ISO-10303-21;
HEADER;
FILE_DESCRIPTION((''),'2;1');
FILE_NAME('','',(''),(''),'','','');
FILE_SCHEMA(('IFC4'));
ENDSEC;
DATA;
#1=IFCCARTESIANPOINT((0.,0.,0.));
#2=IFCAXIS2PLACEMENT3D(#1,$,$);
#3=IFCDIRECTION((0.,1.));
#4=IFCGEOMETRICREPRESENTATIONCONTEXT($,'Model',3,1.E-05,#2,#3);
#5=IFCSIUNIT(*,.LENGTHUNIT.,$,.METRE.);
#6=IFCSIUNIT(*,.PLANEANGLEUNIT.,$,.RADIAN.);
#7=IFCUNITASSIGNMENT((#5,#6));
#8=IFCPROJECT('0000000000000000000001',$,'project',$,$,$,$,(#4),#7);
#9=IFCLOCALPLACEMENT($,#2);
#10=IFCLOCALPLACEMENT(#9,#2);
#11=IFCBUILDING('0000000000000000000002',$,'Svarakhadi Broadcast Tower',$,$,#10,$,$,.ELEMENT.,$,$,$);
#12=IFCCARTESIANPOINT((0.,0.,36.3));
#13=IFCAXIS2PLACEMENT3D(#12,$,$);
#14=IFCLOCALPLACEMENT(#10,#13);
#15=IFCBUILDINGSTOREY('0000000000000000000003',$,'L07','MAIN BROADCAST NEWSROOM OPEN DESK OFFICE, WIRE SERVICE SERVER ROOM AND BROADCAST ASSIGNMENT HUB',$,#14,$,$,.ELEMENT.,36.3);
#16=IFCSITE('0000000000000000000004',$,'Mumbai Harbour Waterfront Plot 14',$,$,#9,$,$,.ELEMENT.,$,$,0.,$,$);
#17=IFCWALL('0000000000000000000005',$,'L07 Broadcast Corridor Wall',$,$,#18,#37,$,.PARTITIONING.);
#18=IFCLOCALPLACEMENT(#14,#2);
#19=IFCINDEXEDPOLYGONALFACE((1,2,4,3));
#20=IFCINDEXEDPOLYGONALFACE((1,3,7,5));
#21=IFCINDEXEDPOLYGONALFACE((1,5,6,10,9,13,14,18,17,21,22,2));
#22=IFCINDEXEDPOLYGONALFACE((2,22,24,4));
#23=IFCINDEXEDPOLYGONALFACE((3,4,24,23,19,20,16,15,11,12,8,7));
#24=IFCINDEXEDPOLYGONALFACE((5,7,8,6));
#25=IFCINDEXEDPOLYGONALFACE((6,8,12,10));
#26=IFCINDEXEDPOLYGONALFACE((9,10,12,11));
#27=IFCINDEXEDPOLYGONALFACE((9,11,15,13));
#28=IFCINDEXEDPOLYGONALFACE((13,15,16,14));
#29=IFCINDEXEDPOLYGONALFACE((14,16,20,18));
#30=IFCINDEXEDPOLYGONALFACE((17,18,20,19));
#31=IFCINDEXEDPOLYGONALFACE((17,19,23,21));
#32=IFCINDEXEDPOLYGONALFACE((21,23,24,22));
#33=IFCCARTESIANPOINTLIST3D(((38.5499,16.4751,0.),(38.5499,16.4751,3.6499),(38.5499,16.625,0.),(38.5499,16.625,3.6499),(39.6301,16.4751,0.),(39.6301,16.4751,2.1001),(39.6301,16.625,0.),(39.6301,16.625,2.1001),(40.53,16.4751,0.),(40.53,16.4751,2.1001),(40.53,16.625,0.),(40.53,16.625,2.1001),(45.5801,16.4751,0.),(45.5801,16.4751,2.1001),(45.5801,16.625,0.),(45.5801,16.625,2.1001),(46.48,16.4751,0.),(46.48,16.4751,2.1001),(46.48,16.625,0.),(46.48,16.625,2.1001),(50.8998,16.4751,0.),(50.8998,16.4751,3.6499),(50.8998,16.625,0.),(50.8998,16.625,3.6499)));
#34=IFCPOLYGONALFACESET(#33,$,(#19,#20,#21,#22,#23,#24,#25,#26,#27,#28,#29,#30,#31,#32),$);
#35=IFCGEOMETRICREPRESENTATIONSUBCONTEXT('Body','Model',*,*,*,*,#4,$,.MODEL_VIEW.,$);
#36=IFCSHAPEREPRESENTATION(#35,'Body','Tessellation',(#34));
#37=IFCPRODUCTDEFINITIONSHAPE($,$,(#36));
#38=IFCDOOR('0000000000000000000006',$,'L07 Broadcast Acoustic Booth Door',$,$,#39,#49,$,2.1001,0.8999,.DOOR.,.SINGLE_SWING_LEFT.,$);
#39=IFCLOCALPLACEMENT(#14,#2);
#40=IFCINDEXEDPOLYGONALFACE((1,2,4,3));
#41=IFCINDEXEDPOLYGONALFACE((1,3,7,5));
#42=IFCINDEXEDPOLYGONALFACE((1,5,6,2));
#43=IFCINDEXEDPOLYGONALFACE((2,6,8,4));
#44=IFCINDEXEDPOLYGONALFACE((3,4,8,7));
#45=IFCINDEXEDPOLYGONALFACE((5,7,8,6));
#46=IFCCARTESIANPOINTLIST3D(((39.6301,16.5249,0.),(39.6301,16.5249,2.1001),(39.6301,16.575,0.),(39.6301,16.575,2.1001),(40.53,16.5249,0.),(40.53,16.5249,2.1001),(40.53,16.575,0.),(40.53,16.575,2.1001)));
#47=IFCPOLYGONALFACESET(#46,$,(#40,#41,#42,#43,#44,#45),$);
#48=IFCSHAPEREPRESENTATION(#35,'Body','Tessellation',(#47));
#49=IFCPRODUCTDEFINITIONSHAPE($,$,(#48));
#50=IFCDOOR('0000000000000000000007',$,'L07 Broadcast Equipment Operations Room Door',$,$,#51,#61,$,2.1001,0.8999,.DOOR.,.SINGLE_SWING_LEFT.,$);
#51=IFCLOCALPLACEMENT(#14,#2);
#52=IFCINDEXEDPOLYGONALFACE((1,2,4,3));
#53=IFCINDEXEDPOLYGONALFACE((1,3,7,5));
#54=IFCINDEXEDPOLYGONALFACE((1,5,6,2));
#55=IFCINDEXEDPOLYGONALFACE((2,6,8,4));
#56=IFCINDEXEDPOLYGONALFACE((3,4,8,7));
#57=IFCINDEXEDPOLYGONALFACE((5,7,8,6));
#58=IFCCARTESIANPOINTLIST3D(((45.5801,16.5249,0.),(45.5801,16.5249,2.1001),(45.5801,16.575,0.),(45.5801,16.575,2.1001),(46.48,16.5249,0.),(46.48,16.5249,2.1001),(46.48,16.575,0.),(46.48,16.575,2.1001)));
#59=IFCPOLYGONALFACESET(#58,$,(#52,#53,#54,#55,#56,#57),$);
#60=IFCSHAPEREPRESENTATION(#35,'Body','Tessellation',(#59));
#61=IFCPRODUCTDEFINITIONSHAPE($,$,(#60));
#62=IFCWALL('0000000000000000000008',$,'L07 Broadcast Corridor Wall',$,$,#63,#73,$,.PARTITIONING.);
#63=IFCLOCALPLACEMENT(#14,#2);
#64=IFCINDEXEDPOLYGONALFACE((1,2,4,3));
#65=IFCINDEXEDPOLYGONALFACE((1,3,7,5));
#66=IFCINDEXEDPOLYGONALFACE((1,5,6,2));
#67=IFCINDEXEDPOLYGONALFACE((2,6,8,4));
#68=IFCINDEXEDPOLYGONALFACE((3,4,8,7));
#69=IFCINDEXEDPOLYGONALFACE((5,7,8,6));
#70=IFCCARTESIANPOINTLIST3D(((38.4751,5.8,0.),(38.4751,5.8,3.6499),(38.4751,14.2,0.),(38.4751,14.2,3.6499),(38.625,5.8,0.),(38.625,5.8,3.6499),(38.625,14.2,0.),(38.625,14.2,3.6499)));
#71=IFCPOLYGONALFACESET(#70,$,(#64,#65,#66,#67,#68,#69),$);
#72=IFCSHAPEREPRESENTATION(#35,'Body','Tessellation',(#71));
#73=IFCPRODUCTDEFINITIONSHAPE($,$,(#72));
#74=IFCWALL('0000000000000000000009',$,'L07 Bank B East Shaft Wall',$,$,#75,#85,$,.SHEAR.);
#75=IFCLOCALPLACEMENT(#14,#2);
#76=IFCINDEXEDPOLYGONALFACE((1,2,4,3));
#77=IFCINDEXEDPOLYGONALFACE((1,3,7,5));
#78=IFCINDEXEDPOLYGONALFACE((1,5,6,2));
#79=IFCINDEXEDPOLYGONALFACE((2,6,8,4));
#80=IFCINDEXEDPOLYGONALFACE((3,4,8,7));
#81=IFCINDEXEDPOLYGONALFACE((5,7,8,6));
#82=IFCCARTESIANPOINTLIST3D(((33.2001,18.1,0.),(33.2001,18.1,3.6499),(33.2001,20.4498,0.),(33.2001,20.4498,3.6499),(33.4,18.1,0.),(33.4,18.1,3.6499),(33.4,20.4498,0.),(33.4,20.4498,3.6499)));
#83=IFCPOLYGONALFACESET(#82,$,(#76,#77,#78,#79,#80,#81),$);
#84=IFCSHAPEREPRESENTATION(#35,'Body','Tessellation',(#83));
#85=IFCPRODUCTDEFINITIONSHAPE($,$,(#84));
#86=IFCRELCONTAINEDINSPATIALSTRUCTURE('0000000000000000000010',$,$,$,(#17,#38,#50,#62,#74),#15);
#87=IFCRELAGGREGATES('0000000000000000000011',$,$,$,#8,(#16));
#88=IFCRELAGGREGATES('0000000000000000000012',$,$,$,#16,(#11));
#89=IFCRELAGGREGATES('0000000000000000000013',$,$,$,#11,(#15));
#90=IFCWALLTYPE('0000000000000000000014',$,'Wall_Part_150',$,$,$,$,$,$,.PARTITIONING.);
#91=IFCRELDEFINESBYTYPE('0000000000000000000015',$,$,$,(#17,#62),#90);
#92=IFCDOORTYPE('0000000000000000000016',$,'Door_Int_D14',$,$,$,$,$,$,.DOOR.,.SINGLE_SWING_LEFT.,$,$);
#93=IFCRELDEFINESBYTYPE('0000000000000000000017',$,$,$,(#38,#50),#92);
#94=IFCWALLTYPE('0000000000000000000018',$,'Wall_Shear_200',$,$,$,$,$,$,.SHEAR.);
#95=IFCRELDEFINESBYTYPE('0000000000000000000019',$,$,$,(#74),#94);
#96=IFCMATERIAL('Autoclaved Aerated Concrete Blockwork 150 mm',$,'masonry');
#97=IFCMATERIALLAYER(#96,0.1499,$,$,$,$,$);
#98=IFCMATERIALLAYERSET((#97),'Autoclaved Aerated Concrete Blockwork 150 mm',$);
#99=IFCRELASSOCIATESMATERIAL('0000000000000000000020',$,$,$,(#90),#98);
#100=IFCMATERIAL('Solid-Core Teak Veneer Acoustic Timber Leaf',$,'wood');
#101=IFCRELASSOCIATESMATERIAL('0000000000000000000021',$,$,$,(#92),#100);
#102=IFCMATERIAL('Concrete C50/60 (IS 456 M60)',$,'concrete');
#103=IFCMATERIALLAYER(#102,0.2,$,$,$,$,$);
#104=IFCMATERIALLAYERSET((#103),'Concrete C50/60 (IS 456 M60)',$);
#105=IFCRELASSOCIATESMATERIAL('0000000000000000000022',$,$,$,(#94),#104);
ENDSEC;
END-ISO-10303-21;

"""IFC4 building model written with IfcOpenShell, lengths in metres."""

from ifc_helpers import new_model, si_unit, direction, frame, frame_2d, origin, place, context, subcontext, project, spatial, rectangle, extrude, material, layer, layer_set, type_object, element, fill, save


model = new_model("IFC4")

# Units and contexts
model_context = context("Model", 3, precision=1e-05, world=origin(), true_north=direction((0.0, 1.0)))
body_context = subcontext(model_context, "Body", "Model", "MODEL_VIEW")
ifc_project = project(units=[si_unit("LENGTHUNIT", "METRE"), si_unit("PLANEANGLEUNIT", "RADIAN")], contexts=[model_context])

# Site, building, storey
site_placement = place(None, origin())
site = spatial("IfcSite", under=ifc_project, at=site_placement, Name="Mumbai Harbour Waterfront Plot 14", CompositionType="ELEMENT", RefElevation=0.0)
building_placement = place(site_placement, origin())
building = spatial("IfcBuilding", under=site, at=building_placement, Name="Svarakhadi Broadcast Tower", CompositionType="ELEMENT")
storey_placement = place(building_placement, frame((0.0, 0.0, 36.3)))
storey = spatial("IfcBuildingStorey", under=building, at=storey_placement, Name="L07", Description="MAIN BROADCAST NEWSROOM OPEN DESK OFFICE, WIRE SERVICE SERVER ROOM AND BROADCAST ASSIGNMENT HUB", CompositionType="ELEMENT", Elevation=36.3)

# Shared definitions
ifc_material_1 = material(Name="Autoclaved Aerated Concrete Blockwork 150 mm", Category="masonry")
ifc_layer_1 = layer(ifc_material_1, 0.1499)
ifc_layer_set_1 = layer_set([ifc_layer_1], Name="Autoclaved Aerated Concrete Blockwork 150 mm")
wall_type_1 = type_object("IfcWallType", Name="Wall_Part_150", PredefinedType="PARTITIONING", material=ifc_layer_set_1)

# Wall, openings, doors
wall_1_placement = place(storey_placement, frame((38.55, 16.55, 0.0), z_axis=(0.0, 0.0, 1.0), x_axis=(1.0, 0.0, 0.0)))
wall_1 = element("IfcWall", 1, at=wall_1_placement, inside=storey, type_object=wall_type_1, Name="L07 Broadcast Corridor Wall", PredefinedType="PARTITIONING", context=body_context, shape_type="SweptSolid", body=[
    extrude(rectangle(XDim=12.3499, YDim=0.1499, at=frame_2d((6.1748, 0.0))), origin(), (0.0, 0.0, 1.0), 3.6499),
])
opening_1_placement = place(wall_1_placement, frame((1.0801, 0.0, 0.0)))
opening_1 = element("IfcOpeningElement", 2, at=opening_1_placement, cuts=wall_1, PredefinedType="OPENING", context=body_context, shape_type="SweptSolid", body=[
    extrude(rectangle(XDim=0.8999, YDim=2.1001, at=frame_2d((0.45, 1.05))), frame((0.0, 0.085, 0.0), z_axis=(0.0, -1.0, 0.0), x_axis=(1.0, 0.0, 0.0)), (0.0, 0.0, 1.0), 0.1699),
])
opening_2_placement = place(wall_1_placement, frame((7.03, 0.0, 0.0)))
opening_2 = element("IfcOpeningElement", 3, at=opening_2_placement, cuts=wall_1, PredefinedType="OPENING", context=body_context, shape_type="SweptSolid", body=[
    extrude(rectangle(XDim=0.8999, YDim=2.1001, at=frame_2d((0.45, 1.05))), frame((0.0, 0.085, 0.0), z_axis=(0.0, -1.0, 0.0), x_axis=(1.0, 0.0, 0.0)), (0.0, 0.0, 1.0), 0.1699),
])
ifc_material_2 = material(Name="Solid-Core Teak Veneer Acoustic Timber Leaf", Category="wood")
door_type_1 = type_object("IfcDoorType", Name="Door_Int_D14", OperationType="SINGLE_SWING_LEFT", PredefinedType="DOOR", material=ifc_material_2)
door_1_placement = place(opening_1_placement, origin())
door_1 = element("IfcDoor", 4, at=door_1_placement, inside=storey, type_object=door_type_1, Name="L07 Broadcast Acoustic Booth Door", OperationType="SINGLE_SWING_LEFT", OverallHeight=2.1001, OverallWidth=0.8999, PredefinedType="DOOR", context=body_context, shape_type="SweptSolid", body=[
    extrude(rectangle(XDim=0.8999, YDim=2.1001, at=frame_2d((0.45, 1.05))), frame((0.0, 0.0249, 0.0), z_axis=(0.0, -1.0, 0.0), x_axis=(1.0, 0.0, 0.0)), (0.0, 0.0, 1.0), 0.05),
])
fill(opening_1, door_1)
door_2_placement = place(opening_2_placement, origin())
door_2 = element("IfcDoor", 5, at=door_2_placement, inside=storey, type_object=door_type_1, Name="L07 Broadcast Equipment Operations Room Door", OperationType="SINGLE_SWING_LEFT", OverallHeight=2.1001, OverallWidth=0.8999, PredefinedType="DOOR", context=body_context, shape_type="SweptSolid", body=[
    extrude(rectangle(XDim=0.8999, YDim=2.1001, at=frame_2d((0.45, 1.05))), frame((0.0, 0.0249, 0.0), z_axis=(0.0, -1.0, 0.0), x_axis=(1.0, 0.0, 0.0)), (0.0, 0.0, 1.0), 0.05),
])
fill(opening_2, door_2)

# Walls
wall_2_placement = place(storey_placement, frame((38.55, 14.2, 0.0), z_axis=(0.0, 0.0, 1.0), x_axis=(0.0, -1.0, 0.0)))
element("IfcWall", 6, at=wall_2_placement, inside=storey, type_object=wall_type_1, Name="L07 Broadcast Corridor Wall", PredefinedType="PARTITIONING", context=body_context, shape_type="SweptSolid", body=[
    extrude(rectangle(XDim=8.3999, YDim=0.1499, at=frame_2d((4.2, 0.0))), origin(), (0.0, 0.0, 1.0), 3.6499),
])
ifc_material_3 = material(Name="Concrete C50/60 (IS 456 M60)", Category="concrete")
ifc_layer_2 = layer(ifc_material_3, 0.2)
ifc_layer_set_2 = layer_set([ifc_layer_2], Name="Concrete C50/60 (IS 456 M60)")
wall_type_2 = type_object("IfcWallType", Name="Wall_Shear_200", PredefinedType="SHEAR", material=ifc_layer_set_2)
wall_3_placement = place(storey_placement, frame((33.3, 18.1001, 0.0), z_axis=(0.0, 0.0, 1.0), x_axis=(0.0, 1.0, 0.0)))
element("IfcWall", 7, at=wall_3_placement, inside=storey, type_object=wall_type_2, Name="L07 Bank B East Shaft Wall", PredefinedType="SHEAR", context=body_context, shape_type="SweptSolid", body=[
    extrude(rectangle(XDim=2.3499, YDim=0.2, at=frame_2d((1.1748, 0.0))), origin(), (0.0, 0.0, 1.0), 3.6499),
])

save(model, "model.ifc")
